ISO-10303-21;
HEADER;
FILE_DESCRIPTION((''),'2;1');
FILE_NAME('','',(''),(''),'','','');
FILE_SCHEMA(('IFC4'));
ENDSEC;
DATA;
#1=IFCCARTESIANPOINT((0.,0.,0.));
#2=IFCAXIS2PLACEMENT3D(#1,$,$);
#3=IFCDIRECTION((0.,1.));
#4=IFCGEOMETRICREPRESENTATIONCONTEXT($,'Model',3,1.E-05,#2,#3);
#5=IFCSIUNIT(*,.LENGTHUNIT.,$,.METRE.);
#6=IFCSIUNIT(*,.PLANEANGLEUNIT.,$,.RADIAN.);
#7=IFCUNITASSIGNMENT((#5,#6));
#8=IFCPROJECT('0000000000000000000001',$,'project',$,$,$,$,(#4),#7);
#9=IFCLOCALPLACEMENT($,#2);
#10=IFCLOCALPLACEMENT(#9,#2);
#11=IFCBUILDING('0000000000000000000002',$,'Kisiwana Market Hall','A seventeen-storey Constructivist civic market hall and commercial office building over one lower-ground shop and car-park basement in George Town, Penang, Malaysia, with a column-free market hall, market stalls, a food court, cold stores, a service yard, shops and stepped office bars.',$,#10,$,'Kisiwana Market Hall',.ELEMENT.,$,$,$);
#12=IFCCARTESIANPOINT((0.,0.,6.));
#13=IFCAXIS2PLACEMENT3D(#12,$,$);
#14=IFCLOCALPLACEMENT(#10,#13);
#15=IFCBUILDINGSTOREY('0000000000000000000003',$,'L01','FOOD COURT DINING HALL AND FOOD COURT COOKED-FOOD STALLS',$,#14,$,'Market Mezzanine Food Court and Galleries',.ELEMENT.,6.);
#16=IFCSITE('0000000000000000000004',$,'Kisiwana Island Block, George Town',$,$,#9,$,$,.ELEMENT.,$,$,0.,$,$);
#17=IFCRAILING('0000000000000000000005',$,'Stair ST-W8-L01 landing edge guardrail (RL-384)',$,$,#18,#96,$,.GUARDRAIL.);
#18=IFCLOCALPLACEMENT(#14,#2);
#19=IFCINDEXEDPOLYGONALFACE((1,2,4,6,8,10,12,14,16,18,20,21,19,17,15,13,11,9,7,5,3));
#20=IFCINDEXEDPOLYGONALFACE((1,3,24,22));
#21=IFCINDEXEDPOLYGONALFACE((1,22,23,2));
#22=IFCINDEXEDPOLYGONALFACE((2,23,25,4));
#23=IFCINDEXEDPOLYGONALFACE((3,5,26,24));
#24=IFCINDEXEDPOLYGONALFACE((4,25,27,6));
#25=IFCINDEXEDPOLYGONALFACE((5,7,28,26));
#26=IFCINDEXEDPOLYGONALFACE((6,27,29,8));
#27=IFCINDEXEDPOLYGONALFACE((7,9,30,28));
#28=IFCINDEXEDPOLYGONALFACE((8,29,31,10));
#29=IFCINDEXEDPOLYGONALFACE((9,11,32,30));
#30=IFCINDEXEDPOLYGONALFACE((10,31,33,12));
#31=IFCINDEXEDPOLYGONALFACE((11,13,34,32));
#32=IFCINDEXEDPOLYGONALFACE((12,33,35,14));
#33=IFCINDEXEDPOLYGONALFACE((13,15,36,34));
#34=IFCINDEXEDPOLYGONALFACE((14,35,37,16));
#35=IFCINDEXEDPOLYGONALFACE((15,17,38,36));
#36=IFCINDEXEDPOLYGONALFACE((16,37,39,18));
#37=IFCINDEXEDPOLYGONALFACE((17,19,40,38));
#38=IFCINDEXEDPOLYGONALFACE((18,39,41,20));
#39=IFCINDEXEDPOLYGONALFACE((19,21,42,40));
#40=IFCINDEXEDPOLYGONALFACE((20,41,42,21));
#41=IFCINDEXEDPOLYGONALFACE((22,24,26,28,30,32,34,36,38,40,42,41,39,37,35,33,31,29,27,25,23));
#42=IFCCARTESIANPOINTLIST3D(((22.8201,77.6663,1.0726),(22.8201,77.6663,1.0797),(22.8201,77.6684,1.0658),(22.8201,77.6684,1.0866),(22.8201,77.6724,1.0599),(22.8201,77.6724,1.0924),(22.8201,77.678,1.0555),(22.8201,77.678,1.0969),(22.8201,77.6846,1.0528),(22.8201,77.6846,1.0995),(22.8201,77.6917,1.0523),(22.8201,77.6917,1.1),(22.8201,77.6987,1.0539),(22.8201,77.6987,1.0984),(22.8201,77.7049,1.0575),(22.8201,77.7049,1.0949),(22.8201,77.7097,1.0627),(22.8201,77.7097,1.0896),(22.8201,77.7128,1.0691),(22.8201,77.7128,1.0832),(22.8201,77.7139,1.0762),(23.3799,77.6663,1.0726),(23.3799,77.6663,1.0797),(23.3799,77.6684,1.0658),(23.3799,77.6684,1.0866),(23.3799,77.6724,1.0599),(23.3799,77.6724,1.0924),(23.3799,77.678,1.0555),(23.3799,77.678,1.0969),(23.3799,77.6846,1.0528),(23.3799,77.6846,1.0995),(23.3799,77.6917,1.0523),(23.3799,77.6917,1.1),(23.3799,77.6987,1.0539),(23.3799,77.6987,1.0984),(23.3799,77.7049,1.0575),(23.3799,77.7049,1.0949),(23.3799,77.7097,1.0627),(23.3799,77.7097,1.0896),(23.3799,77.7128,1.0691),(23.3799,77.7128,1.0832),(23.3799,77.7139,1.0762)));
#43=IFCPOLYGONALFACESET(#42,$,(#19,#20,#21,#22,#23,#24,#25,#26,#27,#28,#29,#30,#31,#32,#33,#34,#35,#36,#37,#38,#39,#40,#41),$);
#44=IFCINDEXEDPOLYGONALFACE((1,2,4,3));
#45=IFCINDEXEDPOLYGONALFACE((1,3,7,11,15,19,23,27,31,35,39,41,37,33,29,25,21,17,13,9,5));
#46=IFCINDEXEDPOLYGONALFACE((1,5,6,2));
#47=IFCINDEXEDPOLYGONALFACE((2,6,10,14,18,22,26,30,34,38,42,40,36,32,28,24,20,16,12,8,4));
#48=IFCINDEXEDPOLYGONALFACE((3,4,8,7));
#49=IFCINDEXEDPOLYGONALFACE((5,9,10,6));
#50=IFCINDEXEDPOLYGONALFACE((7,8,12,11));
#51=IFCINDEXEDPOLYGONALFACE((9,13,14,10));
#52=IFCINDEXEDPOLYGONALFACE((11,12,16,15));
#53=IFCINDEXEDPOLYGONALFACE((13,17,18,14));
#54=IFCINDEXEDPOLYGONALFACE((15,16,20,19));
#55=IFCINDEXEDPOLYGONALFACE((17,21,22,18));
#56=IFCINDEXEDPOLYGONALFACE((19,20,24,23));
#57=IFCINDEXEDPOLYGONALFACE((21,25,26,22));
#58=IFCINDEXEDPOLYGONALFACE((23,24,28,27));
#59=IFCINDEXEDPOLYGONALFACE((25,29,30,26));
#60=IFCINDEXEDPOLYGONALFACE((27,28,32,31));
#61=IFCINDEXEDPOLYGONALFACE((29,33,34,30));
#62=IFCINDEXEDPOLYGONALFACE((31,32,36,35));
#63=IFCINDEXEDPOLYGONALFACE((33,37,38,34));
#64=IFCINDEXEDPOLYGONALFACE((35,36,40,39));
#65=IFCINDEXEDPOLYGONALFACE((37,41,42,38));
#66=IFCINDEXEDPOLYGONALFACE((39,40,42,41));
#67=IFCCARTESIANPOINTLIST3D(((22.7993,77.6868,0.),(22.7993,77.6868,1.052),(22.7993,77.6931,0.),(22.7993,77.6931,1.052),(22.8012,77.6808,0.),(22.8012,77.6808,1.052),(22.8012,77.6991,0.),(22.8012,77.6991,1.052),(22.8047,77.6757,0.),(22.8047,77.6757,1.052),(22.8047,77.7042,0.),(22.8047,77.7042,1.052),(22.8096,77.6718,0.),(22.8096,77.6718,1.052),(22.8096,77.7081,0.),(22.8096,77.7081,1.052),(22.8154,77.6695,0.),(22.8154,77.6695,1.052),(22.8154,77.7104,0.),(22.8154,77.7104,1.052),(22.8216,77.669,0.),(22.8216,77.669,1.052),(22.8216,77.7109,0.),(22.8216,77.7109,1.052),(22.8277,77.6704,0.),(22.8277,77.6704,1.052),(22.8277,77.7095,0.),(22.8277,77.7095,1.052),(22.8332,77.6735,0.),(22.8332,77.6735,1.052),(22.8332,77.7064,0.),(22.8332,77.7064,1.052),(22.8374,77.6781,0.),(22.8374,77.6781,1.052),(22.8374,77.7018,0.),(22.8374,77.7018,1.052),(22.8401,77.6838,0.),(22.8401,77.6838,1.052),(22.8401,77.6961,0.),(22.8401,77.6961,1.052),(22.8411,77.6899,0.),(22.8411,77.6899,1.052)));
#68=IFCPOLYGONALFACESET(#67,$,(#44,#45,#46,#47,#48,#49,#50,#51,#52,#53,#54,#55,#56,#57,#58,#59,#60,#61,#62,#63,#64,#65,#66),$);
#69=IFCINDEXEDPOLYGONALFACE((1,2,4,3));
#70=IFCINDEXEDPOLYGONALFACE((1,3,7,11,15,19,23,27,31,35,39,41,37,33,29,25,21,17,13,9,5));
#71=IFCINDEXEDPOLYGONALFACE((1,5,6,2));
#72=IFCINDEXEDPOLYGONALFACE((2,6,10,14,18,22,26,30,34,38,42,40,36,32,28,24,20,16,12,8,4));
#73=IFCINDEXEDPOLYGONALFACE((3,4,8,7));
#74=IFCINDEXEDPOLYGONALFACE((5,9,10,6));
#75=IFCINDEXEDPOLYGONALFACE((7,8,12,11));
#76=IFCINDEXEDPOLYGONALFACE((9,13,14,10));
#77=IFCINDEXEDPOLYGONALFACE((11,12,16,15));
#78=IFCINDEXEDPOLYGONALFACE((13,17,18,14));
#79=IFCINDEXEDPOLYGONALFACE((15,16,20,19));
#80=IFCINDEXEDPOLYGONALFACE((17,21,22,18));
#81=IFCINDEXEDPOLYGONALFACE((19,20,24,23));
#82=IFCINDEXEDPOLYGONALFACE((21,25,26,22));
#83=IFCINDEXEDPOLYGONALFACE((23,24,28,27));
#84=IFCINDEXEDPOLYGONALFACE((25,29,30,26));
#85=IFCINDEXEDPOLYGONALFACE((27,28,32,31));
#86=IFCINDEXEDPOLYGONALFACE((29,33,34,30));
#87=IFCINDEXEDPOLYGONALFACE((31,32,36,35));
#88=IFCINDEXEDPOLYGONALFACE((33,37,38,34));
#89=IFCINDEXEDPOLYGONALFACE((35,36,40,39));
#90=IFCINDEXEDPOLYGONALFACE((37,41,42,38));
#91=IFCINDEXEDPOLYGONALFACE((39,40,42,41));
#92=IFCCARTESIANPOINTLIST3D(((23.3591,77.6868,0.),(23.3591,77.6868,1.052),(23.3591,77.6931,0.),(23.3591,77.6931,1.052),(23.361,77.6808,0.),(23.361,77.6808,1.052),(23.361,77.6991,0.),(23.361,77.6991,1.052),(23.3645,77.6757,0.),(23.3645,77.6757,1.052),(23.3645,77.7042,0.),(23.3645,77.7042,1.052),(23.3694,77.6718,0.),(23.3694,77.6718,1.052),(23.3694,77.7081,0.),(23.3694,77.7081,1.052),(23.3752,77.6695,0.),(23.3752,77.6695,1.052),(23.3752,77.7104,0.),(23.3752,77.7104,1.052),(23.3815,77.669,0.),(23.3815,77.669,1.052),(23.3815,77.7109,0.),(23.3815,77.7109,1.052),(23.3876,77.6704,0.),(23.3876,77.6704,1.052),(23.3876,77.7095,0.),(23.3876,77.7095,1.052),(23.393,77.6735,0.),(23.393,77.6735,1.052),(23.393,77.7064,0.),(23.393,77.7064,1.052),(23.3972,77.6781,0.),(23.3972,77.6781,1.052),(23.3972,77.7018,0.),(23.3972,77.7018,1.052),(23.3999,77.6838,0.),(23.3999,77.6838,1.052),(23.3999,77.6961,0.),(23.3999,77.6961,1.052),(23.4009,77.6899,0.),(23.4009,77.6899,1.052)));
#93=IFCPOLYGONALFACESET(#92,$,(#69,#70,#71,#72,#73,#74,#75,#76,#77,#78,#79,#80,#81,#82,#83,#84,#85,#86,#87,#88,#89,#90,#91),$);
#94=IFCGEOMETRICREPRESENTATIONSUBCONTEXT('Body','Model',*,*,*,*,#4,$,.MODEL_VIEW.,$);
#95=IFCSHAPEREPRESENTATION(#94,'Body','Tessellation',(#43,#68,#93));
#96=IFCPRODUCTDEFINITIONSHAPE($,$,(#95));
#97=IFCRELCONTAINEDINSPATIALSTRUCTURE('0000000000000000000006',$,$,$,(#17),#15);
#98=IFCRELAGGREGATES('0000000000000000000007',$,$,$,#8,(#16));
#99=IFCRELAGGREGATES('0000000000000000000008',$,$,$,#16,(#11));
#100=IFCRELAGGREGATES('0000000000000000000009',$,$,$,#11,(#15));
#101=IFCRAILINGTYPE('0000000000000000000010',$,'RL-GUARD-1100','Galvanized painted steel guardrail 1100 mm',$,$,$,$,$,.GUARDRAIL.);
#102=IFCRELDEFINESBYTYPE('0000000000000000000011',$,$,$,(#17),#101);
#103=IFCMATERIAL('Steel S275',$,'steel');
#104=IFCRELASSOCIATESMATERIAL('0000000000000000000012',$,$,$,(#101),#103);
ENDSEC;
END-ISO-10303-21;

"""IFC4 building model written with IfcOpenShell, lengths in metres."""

from ifc_helpers import new_model, si_unit, direction, frame, origin, origin_2d, place, context, subcontext, project, spatial, circle, extrude, material, type_object, element, save


model = new_model("IFC4")

# Units and contexts
model_context = context("Model", 3, precision=1e-05, world=origin(), true_north=direction((0.0, 1.0)))
body_context = subcontext(model_context, "Body", "Model", "MODEL_VIEW")
ifc_project = project(units=[si_unit("LENGTHUNIT", "METRE"), si_unit("PLANEANGLEUNIT", "RADIAN")], contexts=[model_context])

# Site, building, storey
site_placement = place(None, origin())
site = spatial("IfcSite", under=ifc_project, at=site_placement, Name="Kisiwana Island Block, George Town", CompositionType="ELEMENT", RefElevation=0.0)
building_placement = place(site_placement, origin())
building = spatial("IfcBuilding", under=site, at=building_placement, Name="Kisiwana Market Hall", Description="A seventeen-storey Constructivist civic market hall and commercial office building over one lower-ground shop and car-park basement in George Town, Penang, Malaysia, with a column-free market hall, market stalls, a food court, cold stores, a service yard, shops and stepped office bars.", LongName="Kisiwana Market Hall", CompositionType="ELEMENT")
storey_placement = place(building_placement, frame((0.0, 0.0, 6.0)))
storey = spatial("IfcBuildingStorey", under=building, at=storey_placement, Name="L01", Description="FOOD COURT DINING HALL AND FOOD COURT COOKED-FOOD STALLS", LongName="Market Mezzanine Food Court and Galleries", CompositionType="ELEMENT", Elevation=6.0)

# Railing
ifc_material_1 = material(Name="Steel S275", Category="steel")
railing_type_1 = type_object("IfcRailingType", Name="RL-GUARD-1100", Description="Galvanized painted steel guardrail 1100 mm", PredefinedType="GUARDRAIL", material=ifc_material_1)
railing_1_placement = place(storey_placement, frame((22.8201, 77.6899, 0.0)))
element("IfcRailing", 1, at=railing_1_placement, inside=storey, type_object=railing_type_1, Name="Stair ST-W8-L01 landing edge guardrail (RL-384)", PredefinedType="GUARDRAIL", context=body_context, shape_type="SweptSolid", body=[
    extrude(circle(Radius=0.0239, at=origin_2d()), frame((0.0, 0.0, 1.0762), z_axis=(1.0, 0.0, 0.0), x_axis=(0.0, 1.0, 0.0)), (0.0, 0.0, 1.0), 0.5598),
    extrude(circle(Radius=0.021, at=origin_2d()), origin(), (0.0, 0.0, 1.0), 1.052),
    extrude(circle(Radius=0.021, at=origin_2d()), frame((0.5598, 0.0, 0.0)), (0.0, 0.0, 1.0), 1.052),
])

save(model, "model.ifc")
